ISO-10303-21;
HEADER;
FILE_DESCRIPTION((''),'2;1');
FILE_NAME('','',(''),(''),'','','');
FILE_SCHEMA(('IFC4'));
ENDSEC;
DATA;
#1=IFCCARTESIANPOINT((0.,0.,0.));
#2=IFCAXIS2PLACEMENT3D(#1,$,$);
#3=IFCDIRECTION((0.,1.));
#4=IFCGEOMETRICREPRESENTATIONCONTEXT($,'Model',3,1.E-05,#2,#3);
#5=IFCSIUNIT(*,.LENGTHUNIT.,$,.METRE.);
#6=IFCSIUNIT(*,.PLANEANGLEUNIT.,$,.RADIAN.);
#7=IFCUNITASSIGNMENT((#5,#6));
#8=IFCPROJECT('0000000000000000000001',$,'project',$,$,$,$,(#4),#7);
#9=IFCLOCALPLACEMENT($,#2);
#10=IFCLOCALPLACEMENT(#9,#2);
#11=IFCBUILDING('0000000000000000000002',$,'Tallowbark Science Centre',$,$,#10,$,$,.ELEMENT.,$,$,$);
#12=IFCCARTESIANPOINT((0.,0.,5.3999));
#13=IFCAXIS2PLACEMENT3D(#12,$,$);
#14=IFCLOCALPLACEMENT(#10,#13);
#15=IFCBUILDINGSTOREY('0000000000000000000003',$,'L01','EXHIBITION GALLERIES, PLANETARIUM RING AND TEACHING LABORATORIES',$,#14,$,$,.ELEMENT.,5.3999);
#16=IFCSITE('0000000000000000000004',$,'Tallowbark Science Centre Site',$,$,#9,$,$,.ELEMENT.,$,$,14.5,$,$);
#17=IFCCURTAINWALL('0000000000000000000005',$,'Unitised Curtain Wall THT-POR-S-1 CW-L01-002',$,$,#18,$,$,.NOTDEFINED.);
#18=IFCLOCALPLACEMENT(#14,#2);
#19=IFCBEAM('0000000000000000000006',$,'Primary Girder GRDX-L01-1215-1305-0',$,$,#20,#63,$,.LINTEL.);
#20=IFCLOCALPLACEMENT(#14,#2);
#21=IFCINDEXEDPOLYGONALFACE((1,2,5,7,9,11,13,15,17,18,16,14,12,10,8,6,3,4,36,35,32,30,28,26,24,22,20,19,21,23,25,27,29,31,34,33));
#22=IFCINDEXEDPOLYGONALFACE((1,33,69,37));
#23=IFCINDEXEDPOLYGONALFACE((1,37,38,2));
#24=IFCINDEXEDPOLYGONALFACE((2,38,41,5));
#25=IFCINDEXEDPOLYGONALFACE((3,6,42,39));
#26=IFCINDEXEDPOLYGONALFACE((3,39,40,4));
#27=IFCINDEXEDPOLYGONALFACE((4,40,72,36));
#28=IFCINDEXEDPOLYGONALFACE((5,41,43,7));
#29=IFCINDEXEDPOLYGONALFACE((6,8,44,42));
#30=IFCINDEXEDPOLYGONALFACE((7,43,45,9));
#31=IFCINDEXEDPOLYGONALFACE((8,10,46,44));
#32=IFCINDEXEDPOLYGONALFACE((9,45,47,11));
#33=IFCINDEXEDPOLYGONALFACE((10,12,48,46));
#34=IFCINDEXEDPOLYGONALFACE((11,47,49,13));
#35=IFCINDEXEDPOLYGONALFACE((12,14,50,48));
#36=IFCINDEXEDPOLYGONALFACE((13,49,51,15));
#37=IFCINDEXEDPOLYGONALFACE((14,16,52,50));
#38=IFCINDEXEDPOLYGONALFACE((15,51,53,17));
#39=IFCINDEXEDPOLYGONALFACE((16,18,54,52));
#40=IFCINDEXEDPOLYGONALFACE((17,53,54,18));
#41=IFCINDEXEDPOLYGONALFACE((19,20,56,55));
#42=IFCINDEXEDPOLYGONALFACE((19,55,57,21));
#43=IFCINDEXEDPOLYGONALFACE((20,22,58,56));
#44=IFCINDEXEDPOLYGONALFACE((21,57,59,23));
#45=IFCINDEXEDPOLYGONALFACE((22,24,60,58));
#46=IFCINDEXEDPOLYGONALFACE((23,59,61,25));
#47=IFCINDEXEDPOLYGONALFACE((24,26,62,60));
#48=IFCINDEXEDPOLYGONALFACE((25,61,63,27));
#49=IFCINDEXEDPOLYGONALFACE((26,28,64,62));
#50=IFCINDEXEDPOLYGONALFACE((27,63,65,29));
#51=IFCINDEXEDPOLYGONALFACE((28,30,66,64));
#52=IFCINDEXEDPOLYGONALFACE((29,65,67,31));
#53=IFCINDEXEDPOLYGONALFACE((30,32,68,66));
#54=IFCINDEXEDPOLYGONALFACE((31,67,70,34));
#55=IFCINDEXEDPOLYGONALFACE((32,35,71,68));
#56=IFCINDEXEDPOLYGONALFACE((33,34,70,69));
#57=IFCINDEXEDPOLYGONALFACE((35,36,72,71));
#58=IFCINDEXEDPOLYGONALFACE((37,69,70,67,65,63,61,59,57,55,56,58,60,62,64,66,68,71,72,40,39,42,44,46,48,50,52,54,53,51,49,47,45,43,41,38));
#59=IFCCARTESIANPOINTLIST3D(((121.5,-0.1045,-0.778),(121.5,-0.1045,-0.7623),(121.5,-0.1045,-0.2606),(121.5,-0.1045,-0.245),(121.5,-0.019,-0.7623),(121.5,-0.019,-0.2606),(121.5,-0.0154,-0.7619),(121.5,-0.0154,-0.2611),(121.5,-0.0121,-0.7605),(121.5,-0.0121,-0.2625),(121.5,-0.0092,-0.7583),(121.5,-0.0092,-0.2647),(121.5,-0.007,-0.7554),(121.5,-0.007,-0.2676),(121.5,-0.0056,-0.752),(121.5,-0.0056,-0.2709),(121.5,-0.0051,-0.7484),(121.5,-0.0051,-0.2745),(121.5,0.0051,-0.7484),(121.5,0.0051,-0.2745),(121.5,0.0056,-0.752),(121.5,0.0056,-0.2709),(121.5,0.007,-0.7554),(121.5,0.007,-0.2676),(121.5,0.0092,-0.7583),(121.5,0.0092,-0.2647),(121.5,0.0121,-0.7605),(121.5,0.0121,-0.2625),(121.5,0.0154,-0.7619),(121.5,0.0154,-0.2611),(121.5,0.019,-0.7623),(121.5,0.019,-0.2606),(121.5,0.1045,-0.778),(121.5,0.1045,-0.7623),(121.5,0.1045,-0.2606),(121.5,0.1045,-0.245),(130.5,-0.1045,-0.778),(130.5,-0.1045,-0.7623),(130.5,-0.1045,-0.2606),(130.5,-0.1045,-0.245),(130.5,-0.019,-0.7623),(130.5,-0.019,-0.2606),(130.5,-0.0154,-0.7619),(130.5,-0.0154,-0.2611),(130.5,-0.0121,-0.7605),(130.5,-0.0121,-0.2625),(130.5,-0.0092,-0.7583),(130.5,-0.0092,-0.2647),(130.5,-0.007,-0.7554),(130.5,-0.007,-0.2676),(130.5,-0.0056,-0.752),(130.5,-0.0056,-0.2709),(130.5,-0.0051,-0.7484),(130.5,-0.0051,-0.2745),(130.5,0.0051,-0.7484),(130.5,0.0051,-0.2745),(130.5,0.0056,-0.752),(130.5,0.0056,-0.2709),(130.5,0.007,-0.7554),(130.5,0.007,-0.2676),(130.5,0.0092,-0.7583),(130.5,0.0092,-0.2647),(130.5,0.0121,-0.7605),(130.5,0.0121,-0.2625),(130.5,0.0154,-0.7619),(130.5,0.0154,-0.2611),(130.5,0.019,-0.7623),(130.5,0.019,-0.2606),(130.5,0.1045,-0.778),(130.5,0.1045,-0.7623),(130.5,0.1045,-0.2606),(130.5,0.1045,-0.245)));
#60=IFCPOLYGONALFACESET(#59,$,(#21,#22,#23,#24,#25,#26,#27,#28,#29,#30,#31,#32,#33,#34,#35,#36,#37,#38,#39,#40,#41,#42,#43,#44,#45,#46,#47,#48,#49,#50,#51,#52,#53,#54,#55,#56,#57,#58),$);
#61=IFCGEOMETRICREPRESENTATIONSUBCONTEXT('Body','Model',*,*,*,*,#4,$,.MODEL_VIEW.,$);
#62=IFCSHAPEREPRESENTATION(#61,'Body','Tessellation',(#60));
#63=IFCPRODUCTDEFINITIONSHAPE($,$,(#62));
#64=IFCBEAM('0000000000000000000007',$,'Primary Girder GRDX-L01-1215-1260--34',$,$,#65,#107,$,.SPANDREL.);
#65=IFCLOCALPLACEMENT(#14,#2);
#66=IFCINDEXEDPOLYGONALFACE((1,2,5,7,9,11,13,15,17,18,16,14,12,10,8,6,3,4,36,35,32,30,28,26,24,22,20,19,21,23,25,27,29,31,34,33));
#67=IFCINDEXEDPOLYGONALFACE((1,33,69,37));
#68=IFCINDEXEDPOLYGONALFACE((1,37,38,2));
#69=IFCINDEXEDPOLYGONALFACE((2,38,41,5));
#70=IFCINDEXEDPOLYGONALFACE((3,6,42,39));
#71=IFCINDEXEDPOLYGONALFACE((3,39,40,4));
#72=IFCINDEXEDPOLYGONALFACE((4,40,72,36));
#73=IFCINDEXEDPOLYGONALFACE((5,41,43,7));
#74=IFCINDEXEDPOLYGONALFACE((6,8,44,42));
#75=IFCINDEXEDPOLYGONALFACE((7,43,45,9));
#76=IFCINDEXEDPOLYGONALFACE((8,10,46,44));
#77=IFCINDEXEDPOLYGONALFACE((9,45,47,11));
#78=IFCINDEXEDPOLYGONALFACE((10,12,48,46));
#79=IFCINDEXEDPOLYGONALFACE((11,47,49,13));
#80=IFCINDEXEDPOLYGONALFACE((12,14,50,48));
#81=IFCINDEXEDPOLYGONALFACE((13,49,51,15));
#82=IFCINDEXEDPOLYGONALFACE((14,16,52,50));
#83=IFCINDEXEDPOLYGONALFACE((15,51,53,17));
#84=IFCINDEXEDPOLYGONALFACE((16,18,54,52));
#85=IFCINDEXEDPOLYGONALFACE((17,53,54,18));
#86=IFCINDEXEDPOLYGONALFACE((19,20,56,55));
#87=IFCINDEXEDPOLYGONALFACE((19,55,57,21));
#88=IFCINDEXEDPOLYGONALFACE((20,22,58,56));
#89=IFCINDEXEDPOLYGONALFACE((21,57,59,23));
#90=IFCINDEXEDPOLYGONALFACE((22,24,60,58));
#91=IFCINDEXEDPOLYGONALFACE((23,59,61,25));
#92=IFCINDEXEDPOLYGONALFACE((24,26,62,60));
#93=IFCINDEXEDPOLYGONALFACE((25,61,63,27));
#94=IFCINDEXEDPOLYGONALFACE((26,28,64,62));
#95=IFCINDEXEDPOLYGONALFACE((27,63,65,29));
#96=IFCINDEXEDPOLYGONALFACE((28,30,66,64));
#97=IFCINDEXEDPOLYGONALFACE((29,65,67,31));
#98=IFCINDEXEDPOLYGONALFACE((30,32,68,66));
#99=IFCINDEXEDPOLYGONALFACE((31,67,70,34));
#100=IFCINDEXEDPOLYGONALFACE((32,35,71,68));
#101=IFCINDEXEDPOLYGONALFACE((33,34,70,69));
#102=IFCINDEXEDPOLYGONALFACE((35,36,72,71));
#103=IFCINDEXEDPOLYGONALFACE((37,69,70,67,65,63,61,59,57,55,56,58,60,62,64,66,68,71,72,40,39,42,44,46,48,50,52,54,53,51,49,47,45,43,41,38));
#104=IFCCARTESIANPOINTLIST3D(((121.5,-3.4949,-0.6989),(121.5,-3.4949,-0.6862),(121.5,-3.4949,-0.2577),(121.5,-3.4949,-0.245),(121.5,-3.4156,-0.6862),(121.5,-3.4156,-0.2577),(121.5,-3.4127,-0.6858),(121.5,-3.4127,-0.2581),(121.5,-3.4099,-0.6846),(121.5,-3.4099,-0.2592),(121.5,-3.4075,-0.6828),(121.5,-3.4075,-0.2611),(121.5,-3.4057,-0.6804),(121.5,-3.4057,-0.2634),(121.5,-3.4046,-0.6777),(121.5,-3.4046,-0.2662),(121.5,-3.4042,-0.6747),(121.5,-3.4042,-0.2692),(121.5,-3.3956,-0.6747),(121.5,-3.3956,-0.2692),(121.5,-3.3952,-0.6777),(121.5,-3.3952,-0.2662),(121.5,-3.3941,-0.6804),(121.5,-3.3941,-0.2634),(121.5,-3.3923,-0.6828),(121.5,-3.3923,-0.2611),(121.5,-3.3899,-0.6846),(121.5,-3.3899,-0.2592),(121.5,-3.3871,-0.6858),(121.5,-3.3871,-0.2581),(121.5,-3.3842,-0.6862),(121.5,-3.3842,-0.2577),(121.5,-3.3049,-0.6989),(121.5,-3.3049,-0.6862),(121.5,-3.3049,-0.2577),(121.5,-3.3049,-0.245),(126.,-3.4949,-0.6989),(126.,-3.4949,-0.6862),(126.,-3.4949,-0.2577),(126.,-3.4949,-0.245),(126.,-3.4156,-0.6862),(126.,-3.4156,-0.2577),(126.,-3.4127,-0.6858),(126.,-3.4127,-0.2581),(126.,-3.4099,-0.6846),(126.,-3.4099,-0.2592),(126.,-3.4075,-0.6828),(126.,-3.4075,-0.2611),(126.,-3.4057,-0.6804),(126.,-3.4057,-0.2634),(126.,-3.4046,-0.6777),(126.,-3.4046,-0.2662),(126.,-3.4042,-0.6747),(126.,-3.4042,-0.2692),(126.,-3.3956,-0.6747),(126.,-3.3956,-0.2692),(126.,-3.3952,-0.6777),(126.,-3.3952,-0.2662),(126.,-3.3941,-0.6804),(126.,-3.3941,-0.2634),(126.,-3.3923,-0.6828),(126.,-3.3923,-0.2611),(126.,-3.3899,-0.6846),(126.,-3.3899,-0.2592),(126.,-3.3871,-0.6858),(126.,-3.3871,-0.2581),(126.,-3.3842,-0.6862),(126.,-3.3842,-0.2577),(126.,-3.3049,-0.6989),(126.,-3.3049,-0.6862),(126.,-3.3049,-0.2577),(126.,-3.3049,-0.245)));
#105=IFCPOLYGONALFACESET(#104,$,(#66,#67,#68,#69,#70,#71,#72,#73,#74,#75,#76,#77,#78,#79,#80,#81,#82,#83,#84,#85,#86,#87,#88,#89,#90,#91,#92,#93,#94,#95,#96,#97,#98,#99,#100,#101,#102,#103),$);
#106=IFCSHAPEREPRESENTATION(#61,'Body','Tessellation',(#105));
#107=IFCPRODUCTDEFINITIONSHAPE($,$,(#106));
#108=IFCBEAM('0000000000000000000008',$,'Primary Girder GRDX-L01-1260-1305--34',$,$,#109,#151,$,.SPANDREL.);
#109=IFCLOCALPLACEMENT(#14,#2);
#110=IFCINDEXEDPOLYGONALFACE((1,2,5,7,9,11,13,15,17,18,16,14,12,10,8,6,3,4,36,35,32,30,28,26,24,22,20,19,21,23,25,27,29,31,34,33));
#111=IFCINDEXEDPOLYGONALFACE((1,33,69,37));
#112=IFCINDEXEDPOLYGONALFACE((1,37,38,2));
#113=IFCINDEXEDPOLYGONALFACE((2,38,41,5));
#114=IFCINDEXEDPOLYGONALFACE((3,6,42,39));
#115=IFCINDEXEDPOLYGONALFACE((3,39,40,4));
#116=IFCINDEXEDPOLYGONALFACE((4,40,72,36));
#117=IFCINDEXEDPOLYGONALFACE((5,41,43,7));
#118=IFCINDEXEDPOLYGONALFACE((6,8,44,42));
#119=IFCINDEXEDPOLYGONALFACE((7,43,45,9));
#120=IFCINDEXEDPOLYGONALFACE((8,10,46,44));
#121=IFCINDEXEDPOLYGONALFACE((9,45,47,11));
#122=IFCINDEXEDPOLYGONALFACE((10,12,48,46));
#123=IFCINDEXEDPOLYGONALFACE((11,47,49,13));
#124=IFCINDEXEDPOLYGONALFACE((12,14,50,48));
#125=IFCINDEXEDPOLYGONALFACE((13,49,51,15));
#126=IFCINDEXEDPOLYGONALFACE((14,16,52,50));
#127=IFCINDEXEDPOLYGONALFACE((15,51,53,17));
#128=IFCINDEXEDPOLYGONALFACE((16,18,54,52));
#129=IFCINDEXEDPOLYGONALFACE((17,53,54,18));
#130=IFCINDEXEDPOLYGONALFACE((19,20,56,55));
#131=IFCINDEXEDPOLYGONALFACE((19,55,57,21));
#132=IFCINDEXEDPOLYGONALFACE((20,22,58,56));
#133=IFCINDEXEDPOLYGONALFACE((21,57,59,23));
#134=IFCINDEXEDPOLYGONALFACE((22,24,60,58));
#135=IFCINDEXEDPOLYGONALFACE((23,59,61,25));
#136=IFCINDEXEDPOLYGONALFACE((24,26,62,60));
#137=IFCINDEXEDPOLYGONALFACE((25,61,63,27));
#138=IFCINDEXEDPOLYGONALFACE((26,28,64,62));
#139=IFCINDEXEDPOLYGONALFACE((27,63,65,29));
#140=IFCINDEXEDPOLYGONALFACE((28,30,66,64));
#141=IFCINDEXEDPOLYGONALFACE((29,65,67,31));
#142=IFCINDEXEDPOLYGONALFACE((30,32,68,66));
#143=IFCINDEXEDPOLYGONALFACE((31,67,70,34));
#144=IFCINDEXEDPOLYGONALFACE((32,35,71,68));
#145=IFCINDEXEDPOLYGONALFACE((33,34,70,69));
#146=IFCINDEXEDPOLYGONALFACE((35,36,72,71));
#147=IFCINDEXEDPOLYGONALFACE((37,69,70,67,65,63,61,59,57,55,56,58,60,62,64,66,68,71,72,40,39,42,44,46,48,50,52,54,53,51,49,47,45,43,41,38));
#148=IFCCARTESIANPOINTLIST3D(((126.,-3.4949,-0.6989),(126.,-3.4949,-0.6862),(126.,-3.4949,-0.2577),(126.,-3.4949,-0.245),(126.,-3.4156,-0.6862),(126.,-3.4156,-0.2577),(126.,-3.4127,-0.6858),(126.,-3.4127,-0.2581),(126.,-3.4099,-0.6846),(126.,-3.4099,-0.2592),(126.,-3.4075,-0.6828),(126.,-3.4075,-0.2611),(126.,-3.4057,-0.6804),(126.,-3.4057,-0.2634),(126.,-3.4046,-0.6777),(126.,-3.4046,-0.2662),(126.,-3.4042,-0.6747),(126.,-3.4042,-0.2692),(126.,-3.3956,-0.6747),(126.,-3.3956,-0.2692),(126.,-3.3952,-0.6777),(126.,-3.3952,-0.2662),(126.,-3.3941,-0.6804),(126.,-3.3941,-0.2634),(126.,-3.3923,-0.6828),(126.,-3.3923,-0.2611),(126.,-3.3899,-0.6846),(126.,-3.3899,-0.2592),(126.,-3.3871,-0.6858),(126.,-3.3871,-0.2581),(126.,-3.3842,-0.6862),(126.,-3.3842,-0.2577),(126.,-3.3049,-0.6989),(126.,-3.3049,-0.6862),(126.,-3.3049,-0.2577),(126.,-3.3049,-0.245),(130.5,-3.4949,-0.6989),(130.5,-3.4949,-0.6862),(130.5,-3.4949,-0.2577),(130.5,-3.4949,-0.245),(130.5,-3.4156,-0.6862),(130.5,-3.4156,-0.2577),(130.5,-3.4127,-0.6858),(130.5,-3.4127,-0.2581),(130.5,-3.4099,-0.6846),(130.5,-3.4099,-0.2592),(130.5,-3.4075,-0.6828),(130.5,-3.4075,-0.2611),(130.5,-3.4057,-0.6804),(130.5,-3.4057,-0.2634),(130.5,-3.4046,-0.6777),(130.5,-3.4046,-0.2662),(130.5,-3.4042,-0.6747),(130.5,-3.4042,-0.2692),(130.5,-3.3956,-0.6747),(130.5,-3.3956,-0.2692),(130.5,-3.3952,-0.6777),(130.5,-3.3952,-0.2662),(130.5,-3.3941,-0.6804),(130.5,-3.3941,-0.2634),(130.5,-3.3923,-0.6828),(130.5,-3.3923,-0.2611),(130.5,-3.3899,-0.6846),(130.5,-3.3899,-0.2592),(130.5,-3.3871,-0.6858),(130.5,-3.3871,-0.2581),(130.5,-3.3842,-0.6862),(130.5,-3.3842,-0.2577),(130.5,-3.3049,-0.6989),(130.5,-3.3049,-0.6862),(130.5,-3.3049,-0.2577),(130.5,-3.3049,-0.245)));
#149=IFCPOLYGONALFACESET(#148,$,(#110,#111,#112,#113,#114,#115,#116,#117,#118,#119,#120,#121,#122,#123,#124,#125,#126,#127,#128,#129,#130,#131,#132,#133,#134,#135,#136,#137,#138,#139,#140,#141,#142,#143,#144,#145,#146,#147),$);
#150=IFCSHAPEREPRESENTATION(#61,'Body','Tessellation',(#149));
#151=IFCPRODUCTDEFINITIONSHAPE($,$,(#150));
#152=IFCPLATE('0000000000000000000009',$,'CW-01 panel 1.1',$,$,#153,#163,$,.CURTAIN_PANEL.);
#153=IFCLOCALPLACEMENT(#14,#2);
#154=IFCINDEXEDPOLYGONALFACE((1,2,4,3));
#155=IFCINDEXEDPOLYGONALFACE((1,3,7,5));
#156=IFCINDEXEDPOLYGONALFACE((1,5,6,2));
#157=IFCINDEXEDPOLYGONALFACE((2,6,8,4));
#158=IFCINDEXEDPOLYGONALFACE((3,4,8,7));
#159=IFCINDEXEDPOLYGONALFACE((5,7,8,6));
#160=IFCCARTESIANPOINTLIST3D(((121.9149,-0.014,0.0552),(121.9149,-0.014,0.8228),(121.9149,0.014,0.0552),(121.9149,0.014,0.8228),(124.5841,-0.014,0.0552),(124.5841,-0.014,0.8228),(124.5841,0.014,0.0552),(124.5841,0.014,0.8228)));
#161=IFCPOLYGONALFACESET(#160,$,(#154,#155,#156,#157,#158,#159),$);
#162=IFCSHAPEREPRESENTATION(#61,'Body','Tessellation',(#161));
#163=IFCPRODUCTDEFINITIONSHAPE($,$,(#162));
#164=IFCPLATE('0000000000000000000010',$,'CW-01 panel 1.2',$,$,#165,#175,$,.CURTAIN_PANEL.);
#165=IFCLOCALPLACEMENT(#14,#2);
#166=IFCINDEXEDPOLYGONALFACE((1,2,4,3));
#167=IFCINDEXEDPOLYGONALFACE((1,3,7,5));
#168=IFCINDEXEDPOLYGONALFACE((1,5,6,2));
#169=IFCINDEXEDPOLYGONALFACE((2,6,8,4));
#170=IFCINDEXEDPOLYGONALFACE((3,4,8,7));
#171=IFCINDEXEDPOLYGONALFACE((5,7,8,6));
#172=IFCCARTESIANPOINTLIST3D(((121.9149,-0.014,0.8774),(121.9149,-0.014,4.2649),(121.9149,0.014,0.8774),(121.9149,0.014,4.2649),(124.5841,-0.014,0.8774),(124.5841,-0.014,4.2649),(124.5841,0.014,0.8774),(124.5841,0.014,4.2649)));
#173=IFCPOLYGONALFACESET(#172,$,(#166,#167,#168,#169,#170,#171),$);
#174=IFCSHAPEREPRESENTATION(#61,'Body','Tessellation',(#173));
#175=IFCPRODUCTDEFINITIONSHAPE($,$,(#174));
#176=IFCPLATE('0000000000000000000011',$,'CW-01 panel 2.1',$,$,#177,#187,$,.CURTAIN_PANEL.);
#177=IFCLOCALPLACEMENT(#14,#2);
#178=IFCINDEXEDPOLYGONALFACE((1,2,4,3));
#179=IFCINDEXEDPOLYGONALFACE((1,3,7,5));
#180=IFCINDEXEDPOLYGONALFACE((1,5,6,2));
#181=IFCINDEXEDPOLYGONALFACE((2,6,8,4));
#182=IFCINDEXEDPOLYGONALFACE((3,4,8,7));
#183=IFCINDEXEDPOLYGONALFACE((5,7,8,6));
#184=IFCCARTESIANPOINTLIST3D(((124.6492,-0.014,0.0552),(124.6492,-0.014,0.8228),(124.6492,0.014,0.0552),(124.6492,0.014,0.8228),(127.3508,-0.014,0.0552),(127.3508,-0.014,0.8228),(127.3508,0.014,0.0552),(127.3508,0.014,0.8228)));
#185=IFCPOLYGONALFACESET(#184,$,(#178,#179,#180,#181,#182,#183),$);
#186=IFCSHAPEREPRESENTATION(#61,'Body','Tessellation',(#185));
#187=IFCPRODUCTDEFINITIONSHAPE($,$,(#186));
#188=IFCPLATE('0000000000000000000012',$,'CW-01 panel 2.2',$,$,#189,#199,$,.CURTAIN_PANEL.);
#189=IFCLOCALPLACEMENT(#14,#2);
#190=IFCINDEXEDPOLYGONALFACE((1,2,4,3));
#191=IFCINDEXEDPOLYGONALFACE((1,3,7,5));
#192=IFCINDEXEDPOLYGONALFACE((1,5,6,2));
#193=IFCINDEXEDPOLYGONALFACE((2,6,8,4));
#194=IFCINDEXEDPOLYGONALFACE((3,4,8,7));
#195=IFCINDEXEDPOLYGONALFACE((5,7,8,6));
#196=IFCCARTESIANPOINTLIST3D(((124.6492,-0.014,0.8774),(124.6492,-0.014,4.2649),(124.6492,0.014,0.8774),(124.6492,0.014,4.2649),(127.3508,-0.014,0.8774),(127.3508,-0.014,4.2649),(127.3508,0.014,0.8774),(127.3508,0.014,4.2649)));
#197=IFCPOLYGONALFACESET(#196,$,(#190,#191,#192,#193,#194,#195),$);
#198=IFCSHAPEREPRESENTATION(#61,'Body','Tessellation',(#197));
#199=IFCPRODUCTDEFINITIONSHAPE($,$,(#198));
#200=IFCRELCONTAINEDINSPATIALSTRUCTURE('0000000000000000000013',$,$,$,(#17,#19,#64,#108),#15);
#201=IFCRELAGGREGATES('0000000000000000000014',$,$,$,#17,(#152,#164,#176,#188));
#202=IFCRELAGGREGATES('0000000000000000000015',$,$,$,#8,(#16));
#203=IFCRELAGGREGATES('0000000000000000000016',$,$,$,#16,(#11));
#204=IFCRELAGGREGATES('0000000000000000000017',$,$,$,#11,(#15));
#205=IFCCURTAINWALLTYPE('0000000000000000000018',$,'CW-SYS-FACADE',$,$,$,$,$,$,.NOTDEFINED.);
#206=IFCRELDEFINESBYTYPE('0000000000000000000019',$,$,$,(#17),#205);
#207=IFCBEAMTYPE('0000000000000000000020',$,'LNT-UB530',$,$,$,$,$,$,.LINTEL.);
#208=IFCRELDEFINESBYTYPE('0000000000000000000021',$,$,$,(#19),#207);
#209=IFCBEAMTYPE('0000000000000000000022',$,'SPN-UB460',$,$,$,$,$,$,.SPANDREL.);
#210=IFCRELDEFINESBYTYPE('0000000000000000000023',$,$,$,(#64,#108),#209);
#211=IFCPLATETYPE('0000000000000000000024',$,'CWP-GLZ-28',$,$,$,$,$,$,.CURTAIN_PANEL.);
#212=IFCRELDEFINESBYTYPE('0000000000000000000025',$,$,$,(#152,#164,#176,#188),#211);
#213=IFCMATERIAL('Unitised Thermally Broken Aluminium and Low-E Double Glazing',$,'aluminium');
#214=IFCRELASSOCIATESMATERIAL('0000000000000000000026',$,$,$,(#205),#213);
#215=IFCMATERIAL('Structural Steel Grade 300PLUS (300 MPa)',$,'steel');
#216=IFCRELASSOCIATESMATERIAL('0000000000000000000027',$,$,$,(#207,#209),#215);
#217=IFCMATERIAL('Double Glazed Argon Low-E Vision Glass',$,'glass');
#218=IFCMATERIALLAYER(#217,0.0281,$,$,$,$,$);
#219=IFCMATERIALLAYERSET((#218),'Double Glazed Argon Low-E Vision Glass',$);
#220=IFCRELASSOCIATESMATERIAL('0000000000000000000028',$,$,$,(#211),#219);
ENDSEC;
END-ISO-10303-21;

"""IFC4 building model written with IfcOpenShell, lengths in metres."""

from ifc_helpers import new_model, si_unit, direction, frame, origin, origin_2d, place, context, subcontext, project, spatial, rectangle, i_section, extrude, material, layer, layer_set, material_profile, profile_set, type_object, element, aggregate, save


model = new_model("IFC4")

# Units and contexts
model_context = context("Model", 3, precision=1e-05, world=origin(), true_north=direction((0.0, 1.0)))
body_context = subcontext(model_context, "Body", "Model", "MODEL_VIEW")
ifc_project = project(units=[si_unit("LENGTHUNIT", "METRE"), si_unit("PLANEANGLEUNIT", "RADIAN")], contexts=[model_context])

# Site, building, storey
site_placement = place(None, origin())
site = spatial("IfcSite", under=ifc_project, at=site_placement, Name="Tallowbark Science Centre Site", CompositionType="ELEMENT", RefElevation=14.5)
building_placement = place(site_placement, origin())
building = spatial("IfcBuilding", under=site, at=building_placement, Name="Tallowbark Science Centre", CompositionType="ELEMENT")
storey_placement = place(building_placement, frame((0.0, 0.0, 5.3999)))
storey = spatial("IfcBuildingStorey", under=building, at=storey_placement, Name="L01", Description="EXHIBITION GALLERIES, PLANETARIUM RING AND TEACHING LABORATORIES", CompositionType="ELEMENT", Elevation=5.3999)

# Shared definitions
ifc_material_1 = material(Name="Structural Steel Grade 300PLUS (300 MPa)", Category="steel")

# Curtain wall
ifc_material_2 = material(Name="Unitised Thermally Broken Aluminium and Low-E Double Glazing", Category="aluminium")
curtain_wall_type = type_object("IfcCurtainWallType", Name="CW-SYS-FACADE", PredefinedType="NOTDEFINED", material=ifc_material_2)
curtain_wall_placement = place(storey_placement, origin())
curtain_wall = element("IfcCurtainWall", 1, at=curtain_wall_placement, inside=storey, type_object=curtain_wall_type, Name="Unitised Curtain Wall THT-POR-S-1 CW-L01-002", PredefinedType="NOTDEFINED")

# Beams
ifc_material_profile_1 = material_profile(ifc_material_1, i_section(OverallWidth=0.209, OverallDepth=0.533, WebThickness=0.0103, FlangeThickness=0.0156, FilletRadius=0.0139, at=origin_2d()), Name="530UB92.4")
ifc_profile_set_1 = profile_set([ifc_material_profile_1], Name="Structural Steel Grade 300PLUS (300 MPa)")
beam_type_1 = type_object("IfcBeamType", Name="LNT-UB530", PredefinedType="LINTEL", material=ifc_profile_set_1)
beam_1_placement = place(storey_placement, frame((121.5, 0.0, -0.5115), z_axis=(1.0, 0.0, 0.0), x_axis=(0.0, 1.0, 0.0)))
element("IfcBeam", 2, at=beam_1_placement, inside=storey, type_object=beam_type_1, Name="Primary Girder GRDX-L01-1215-1305-0", PredefinedType="LINTEL", context=body_context, shape_type="SweptSolid", body=[
    extrude(i_section(OverallWidth=0.209, OverallDepth=0.533, WebThickness=0.0103, FlangeThickness=0.0156, FilletRadius=0.0139, at=origin_2d()), origin(), (0.0, 0.0, 1.0), 9.0),
])
ifc_material_profile_2 = material_profile(ifc_material_1, i_section(OverallWidth=0.1899, OverallDepth=0.4539, WebThickness=0.0085, FlangeThickness=0.0127, FilletRadius=0.0115, at=origin_2d()), Name="460UB67.1")
ifc_profile_set_2 = profile_set([ifc_material_profile_2], Name="Structural Steel Grade 300PLUS (300 MPa)")
beam_type_2 = type_object("IfcBeamType", Name="SPN-UB460", PredefinedType="SPANDREL", material=ifc_profile_set_2)
for number, where, z_axis, x_axis, name in (
    (3, (121.5, -3.3999, -0.4719), (1.0, 0.0, 0.0), (0.0, 1.0, 0.0), "Primary Girder GRDX-L01-1215-1260--34"),
    (4, (126.0, -3.3999, -0.4719), (1.0, 0.0, 0.0), (0.0, 1.0, 0.0), "Primary Girder GRDX-L01-1260-1305--34"),
):
    element("IfcBeam", number, at=place(storey_placement, frame(where, z_axis=z_axis, x_axis=x_axis)), inside=storey, type_object=beam_type_2, Name=name, PredefinedType="SPANDREL", context=body_context, shape_type="SweptSolid", body=[
        extrude(i_section(OverallWidth=0.1899, OverallDepth=0.4539, WebThickness=0.0085, FlangeThickness=0.0127, FilletRadius=0.0115, at=origin_2d()), origin(), (0.0, 0.0, 1.0), 4.5),
    ])

# Plates
ifc_material_3 = material(Name="Double Glazed Argon Low-E Vision Glass", Category="glass")
ifc_layer_1 = layer(ifc_material_3, 0.0281)
ifc_layer_set_1 = layer_set([ifc_layer_1], Name="Double Glazed Argon Low-E Vision Glass")
plate_type_1 = type_object("IfcPlateType", Name="CWP-GLZ-28", PredefinedType="CURTAIN_PANEL", material=ifc_layer_set_1)
plate_1_placement = place(storey_placement, frame((123.2495, 0.0, 0.0552), z_axis=(0.0, 0.0, 1.0), x_axis=(1.0, 0.0, 0.0)))
plate_1 = element("IfcPlate", 5, at=plate_1_placement, type_object=plate_type_1, Name="CW-01 panel 1.1", PredefinedType="CURTAIN_PANEL", context=body_context, shape_type="SweptSolid", body=[
    extrude(rectangle(XDim=2.6692, YDim=0.0281, at=origin_2d()), origin(), (0.0, 0.0, 1.0), 0.7676),
])
plate_2_placement = place(storey_placement, frame((123.2495, 0.0, 0.8774), z_axis=(0.0, 0.0, 1.0), x_axis=(1.0, 0.0, 0.0)))
plate_2 = element("IfcPlate", 6, at=plate_2_placement, type_object=plate_type_1, Name="CW-01 panel 1.2", PredefinedType="CURTAIN_PANEL", context=body_context, shape_type="SweptSolid", body=[
    extrude(rectangle(XDim=2.6692, YDim=0.0281, at=origin_2d()), origin(), (0.0, 0.0, 1.0), 3.3875),
])
plate_3_placement = place(storey_placement, frame((126.0, 0.0, 0.0552), z_axis=(0.0, 0.0, 1.0), x_axis=(1.0, 0.0, 0.0)))
plate_3 = element("IfcPlate", 7, at=plate_3_placement, type_object=plate_type_1, Name="CW-01 panel 2.1", PredefinedType="CURTAIN_PANEL", context=body_context, shape_type="SweptSolid", body=[
    extrude(rectangle(XDim=2.7017, YDim=0.0281, at=origin_2d()), origin(), (0.0, 0.0, 1.0), 0.7676),
])
plate_4_placement = place(storey_placement, frame((126.0, 0.0, 0.8774), z_axis=(0.0, 0.0, 1.0), x_axis=(1.0, 0.0, 0.0)))
plate_4 = element("IfcPlate", 8, at=plate_4_placement, type_object=plate_type_1, Name="CW-01 panel 2.2", PredefinedType="CURTAIN_PANEL", context=body_context, shape_type="SweptSolid", body=[
    extrude(rectangle(XDim=2.7017, YDim=0.0281, at=origin_2d()), origin(), (0.0, 0.0, 1.0), 3.3875),
])
aggregate(curtain_wall, [plate_1, plate_2, plate_3, plate_4])

save(model, "model.ifc")
